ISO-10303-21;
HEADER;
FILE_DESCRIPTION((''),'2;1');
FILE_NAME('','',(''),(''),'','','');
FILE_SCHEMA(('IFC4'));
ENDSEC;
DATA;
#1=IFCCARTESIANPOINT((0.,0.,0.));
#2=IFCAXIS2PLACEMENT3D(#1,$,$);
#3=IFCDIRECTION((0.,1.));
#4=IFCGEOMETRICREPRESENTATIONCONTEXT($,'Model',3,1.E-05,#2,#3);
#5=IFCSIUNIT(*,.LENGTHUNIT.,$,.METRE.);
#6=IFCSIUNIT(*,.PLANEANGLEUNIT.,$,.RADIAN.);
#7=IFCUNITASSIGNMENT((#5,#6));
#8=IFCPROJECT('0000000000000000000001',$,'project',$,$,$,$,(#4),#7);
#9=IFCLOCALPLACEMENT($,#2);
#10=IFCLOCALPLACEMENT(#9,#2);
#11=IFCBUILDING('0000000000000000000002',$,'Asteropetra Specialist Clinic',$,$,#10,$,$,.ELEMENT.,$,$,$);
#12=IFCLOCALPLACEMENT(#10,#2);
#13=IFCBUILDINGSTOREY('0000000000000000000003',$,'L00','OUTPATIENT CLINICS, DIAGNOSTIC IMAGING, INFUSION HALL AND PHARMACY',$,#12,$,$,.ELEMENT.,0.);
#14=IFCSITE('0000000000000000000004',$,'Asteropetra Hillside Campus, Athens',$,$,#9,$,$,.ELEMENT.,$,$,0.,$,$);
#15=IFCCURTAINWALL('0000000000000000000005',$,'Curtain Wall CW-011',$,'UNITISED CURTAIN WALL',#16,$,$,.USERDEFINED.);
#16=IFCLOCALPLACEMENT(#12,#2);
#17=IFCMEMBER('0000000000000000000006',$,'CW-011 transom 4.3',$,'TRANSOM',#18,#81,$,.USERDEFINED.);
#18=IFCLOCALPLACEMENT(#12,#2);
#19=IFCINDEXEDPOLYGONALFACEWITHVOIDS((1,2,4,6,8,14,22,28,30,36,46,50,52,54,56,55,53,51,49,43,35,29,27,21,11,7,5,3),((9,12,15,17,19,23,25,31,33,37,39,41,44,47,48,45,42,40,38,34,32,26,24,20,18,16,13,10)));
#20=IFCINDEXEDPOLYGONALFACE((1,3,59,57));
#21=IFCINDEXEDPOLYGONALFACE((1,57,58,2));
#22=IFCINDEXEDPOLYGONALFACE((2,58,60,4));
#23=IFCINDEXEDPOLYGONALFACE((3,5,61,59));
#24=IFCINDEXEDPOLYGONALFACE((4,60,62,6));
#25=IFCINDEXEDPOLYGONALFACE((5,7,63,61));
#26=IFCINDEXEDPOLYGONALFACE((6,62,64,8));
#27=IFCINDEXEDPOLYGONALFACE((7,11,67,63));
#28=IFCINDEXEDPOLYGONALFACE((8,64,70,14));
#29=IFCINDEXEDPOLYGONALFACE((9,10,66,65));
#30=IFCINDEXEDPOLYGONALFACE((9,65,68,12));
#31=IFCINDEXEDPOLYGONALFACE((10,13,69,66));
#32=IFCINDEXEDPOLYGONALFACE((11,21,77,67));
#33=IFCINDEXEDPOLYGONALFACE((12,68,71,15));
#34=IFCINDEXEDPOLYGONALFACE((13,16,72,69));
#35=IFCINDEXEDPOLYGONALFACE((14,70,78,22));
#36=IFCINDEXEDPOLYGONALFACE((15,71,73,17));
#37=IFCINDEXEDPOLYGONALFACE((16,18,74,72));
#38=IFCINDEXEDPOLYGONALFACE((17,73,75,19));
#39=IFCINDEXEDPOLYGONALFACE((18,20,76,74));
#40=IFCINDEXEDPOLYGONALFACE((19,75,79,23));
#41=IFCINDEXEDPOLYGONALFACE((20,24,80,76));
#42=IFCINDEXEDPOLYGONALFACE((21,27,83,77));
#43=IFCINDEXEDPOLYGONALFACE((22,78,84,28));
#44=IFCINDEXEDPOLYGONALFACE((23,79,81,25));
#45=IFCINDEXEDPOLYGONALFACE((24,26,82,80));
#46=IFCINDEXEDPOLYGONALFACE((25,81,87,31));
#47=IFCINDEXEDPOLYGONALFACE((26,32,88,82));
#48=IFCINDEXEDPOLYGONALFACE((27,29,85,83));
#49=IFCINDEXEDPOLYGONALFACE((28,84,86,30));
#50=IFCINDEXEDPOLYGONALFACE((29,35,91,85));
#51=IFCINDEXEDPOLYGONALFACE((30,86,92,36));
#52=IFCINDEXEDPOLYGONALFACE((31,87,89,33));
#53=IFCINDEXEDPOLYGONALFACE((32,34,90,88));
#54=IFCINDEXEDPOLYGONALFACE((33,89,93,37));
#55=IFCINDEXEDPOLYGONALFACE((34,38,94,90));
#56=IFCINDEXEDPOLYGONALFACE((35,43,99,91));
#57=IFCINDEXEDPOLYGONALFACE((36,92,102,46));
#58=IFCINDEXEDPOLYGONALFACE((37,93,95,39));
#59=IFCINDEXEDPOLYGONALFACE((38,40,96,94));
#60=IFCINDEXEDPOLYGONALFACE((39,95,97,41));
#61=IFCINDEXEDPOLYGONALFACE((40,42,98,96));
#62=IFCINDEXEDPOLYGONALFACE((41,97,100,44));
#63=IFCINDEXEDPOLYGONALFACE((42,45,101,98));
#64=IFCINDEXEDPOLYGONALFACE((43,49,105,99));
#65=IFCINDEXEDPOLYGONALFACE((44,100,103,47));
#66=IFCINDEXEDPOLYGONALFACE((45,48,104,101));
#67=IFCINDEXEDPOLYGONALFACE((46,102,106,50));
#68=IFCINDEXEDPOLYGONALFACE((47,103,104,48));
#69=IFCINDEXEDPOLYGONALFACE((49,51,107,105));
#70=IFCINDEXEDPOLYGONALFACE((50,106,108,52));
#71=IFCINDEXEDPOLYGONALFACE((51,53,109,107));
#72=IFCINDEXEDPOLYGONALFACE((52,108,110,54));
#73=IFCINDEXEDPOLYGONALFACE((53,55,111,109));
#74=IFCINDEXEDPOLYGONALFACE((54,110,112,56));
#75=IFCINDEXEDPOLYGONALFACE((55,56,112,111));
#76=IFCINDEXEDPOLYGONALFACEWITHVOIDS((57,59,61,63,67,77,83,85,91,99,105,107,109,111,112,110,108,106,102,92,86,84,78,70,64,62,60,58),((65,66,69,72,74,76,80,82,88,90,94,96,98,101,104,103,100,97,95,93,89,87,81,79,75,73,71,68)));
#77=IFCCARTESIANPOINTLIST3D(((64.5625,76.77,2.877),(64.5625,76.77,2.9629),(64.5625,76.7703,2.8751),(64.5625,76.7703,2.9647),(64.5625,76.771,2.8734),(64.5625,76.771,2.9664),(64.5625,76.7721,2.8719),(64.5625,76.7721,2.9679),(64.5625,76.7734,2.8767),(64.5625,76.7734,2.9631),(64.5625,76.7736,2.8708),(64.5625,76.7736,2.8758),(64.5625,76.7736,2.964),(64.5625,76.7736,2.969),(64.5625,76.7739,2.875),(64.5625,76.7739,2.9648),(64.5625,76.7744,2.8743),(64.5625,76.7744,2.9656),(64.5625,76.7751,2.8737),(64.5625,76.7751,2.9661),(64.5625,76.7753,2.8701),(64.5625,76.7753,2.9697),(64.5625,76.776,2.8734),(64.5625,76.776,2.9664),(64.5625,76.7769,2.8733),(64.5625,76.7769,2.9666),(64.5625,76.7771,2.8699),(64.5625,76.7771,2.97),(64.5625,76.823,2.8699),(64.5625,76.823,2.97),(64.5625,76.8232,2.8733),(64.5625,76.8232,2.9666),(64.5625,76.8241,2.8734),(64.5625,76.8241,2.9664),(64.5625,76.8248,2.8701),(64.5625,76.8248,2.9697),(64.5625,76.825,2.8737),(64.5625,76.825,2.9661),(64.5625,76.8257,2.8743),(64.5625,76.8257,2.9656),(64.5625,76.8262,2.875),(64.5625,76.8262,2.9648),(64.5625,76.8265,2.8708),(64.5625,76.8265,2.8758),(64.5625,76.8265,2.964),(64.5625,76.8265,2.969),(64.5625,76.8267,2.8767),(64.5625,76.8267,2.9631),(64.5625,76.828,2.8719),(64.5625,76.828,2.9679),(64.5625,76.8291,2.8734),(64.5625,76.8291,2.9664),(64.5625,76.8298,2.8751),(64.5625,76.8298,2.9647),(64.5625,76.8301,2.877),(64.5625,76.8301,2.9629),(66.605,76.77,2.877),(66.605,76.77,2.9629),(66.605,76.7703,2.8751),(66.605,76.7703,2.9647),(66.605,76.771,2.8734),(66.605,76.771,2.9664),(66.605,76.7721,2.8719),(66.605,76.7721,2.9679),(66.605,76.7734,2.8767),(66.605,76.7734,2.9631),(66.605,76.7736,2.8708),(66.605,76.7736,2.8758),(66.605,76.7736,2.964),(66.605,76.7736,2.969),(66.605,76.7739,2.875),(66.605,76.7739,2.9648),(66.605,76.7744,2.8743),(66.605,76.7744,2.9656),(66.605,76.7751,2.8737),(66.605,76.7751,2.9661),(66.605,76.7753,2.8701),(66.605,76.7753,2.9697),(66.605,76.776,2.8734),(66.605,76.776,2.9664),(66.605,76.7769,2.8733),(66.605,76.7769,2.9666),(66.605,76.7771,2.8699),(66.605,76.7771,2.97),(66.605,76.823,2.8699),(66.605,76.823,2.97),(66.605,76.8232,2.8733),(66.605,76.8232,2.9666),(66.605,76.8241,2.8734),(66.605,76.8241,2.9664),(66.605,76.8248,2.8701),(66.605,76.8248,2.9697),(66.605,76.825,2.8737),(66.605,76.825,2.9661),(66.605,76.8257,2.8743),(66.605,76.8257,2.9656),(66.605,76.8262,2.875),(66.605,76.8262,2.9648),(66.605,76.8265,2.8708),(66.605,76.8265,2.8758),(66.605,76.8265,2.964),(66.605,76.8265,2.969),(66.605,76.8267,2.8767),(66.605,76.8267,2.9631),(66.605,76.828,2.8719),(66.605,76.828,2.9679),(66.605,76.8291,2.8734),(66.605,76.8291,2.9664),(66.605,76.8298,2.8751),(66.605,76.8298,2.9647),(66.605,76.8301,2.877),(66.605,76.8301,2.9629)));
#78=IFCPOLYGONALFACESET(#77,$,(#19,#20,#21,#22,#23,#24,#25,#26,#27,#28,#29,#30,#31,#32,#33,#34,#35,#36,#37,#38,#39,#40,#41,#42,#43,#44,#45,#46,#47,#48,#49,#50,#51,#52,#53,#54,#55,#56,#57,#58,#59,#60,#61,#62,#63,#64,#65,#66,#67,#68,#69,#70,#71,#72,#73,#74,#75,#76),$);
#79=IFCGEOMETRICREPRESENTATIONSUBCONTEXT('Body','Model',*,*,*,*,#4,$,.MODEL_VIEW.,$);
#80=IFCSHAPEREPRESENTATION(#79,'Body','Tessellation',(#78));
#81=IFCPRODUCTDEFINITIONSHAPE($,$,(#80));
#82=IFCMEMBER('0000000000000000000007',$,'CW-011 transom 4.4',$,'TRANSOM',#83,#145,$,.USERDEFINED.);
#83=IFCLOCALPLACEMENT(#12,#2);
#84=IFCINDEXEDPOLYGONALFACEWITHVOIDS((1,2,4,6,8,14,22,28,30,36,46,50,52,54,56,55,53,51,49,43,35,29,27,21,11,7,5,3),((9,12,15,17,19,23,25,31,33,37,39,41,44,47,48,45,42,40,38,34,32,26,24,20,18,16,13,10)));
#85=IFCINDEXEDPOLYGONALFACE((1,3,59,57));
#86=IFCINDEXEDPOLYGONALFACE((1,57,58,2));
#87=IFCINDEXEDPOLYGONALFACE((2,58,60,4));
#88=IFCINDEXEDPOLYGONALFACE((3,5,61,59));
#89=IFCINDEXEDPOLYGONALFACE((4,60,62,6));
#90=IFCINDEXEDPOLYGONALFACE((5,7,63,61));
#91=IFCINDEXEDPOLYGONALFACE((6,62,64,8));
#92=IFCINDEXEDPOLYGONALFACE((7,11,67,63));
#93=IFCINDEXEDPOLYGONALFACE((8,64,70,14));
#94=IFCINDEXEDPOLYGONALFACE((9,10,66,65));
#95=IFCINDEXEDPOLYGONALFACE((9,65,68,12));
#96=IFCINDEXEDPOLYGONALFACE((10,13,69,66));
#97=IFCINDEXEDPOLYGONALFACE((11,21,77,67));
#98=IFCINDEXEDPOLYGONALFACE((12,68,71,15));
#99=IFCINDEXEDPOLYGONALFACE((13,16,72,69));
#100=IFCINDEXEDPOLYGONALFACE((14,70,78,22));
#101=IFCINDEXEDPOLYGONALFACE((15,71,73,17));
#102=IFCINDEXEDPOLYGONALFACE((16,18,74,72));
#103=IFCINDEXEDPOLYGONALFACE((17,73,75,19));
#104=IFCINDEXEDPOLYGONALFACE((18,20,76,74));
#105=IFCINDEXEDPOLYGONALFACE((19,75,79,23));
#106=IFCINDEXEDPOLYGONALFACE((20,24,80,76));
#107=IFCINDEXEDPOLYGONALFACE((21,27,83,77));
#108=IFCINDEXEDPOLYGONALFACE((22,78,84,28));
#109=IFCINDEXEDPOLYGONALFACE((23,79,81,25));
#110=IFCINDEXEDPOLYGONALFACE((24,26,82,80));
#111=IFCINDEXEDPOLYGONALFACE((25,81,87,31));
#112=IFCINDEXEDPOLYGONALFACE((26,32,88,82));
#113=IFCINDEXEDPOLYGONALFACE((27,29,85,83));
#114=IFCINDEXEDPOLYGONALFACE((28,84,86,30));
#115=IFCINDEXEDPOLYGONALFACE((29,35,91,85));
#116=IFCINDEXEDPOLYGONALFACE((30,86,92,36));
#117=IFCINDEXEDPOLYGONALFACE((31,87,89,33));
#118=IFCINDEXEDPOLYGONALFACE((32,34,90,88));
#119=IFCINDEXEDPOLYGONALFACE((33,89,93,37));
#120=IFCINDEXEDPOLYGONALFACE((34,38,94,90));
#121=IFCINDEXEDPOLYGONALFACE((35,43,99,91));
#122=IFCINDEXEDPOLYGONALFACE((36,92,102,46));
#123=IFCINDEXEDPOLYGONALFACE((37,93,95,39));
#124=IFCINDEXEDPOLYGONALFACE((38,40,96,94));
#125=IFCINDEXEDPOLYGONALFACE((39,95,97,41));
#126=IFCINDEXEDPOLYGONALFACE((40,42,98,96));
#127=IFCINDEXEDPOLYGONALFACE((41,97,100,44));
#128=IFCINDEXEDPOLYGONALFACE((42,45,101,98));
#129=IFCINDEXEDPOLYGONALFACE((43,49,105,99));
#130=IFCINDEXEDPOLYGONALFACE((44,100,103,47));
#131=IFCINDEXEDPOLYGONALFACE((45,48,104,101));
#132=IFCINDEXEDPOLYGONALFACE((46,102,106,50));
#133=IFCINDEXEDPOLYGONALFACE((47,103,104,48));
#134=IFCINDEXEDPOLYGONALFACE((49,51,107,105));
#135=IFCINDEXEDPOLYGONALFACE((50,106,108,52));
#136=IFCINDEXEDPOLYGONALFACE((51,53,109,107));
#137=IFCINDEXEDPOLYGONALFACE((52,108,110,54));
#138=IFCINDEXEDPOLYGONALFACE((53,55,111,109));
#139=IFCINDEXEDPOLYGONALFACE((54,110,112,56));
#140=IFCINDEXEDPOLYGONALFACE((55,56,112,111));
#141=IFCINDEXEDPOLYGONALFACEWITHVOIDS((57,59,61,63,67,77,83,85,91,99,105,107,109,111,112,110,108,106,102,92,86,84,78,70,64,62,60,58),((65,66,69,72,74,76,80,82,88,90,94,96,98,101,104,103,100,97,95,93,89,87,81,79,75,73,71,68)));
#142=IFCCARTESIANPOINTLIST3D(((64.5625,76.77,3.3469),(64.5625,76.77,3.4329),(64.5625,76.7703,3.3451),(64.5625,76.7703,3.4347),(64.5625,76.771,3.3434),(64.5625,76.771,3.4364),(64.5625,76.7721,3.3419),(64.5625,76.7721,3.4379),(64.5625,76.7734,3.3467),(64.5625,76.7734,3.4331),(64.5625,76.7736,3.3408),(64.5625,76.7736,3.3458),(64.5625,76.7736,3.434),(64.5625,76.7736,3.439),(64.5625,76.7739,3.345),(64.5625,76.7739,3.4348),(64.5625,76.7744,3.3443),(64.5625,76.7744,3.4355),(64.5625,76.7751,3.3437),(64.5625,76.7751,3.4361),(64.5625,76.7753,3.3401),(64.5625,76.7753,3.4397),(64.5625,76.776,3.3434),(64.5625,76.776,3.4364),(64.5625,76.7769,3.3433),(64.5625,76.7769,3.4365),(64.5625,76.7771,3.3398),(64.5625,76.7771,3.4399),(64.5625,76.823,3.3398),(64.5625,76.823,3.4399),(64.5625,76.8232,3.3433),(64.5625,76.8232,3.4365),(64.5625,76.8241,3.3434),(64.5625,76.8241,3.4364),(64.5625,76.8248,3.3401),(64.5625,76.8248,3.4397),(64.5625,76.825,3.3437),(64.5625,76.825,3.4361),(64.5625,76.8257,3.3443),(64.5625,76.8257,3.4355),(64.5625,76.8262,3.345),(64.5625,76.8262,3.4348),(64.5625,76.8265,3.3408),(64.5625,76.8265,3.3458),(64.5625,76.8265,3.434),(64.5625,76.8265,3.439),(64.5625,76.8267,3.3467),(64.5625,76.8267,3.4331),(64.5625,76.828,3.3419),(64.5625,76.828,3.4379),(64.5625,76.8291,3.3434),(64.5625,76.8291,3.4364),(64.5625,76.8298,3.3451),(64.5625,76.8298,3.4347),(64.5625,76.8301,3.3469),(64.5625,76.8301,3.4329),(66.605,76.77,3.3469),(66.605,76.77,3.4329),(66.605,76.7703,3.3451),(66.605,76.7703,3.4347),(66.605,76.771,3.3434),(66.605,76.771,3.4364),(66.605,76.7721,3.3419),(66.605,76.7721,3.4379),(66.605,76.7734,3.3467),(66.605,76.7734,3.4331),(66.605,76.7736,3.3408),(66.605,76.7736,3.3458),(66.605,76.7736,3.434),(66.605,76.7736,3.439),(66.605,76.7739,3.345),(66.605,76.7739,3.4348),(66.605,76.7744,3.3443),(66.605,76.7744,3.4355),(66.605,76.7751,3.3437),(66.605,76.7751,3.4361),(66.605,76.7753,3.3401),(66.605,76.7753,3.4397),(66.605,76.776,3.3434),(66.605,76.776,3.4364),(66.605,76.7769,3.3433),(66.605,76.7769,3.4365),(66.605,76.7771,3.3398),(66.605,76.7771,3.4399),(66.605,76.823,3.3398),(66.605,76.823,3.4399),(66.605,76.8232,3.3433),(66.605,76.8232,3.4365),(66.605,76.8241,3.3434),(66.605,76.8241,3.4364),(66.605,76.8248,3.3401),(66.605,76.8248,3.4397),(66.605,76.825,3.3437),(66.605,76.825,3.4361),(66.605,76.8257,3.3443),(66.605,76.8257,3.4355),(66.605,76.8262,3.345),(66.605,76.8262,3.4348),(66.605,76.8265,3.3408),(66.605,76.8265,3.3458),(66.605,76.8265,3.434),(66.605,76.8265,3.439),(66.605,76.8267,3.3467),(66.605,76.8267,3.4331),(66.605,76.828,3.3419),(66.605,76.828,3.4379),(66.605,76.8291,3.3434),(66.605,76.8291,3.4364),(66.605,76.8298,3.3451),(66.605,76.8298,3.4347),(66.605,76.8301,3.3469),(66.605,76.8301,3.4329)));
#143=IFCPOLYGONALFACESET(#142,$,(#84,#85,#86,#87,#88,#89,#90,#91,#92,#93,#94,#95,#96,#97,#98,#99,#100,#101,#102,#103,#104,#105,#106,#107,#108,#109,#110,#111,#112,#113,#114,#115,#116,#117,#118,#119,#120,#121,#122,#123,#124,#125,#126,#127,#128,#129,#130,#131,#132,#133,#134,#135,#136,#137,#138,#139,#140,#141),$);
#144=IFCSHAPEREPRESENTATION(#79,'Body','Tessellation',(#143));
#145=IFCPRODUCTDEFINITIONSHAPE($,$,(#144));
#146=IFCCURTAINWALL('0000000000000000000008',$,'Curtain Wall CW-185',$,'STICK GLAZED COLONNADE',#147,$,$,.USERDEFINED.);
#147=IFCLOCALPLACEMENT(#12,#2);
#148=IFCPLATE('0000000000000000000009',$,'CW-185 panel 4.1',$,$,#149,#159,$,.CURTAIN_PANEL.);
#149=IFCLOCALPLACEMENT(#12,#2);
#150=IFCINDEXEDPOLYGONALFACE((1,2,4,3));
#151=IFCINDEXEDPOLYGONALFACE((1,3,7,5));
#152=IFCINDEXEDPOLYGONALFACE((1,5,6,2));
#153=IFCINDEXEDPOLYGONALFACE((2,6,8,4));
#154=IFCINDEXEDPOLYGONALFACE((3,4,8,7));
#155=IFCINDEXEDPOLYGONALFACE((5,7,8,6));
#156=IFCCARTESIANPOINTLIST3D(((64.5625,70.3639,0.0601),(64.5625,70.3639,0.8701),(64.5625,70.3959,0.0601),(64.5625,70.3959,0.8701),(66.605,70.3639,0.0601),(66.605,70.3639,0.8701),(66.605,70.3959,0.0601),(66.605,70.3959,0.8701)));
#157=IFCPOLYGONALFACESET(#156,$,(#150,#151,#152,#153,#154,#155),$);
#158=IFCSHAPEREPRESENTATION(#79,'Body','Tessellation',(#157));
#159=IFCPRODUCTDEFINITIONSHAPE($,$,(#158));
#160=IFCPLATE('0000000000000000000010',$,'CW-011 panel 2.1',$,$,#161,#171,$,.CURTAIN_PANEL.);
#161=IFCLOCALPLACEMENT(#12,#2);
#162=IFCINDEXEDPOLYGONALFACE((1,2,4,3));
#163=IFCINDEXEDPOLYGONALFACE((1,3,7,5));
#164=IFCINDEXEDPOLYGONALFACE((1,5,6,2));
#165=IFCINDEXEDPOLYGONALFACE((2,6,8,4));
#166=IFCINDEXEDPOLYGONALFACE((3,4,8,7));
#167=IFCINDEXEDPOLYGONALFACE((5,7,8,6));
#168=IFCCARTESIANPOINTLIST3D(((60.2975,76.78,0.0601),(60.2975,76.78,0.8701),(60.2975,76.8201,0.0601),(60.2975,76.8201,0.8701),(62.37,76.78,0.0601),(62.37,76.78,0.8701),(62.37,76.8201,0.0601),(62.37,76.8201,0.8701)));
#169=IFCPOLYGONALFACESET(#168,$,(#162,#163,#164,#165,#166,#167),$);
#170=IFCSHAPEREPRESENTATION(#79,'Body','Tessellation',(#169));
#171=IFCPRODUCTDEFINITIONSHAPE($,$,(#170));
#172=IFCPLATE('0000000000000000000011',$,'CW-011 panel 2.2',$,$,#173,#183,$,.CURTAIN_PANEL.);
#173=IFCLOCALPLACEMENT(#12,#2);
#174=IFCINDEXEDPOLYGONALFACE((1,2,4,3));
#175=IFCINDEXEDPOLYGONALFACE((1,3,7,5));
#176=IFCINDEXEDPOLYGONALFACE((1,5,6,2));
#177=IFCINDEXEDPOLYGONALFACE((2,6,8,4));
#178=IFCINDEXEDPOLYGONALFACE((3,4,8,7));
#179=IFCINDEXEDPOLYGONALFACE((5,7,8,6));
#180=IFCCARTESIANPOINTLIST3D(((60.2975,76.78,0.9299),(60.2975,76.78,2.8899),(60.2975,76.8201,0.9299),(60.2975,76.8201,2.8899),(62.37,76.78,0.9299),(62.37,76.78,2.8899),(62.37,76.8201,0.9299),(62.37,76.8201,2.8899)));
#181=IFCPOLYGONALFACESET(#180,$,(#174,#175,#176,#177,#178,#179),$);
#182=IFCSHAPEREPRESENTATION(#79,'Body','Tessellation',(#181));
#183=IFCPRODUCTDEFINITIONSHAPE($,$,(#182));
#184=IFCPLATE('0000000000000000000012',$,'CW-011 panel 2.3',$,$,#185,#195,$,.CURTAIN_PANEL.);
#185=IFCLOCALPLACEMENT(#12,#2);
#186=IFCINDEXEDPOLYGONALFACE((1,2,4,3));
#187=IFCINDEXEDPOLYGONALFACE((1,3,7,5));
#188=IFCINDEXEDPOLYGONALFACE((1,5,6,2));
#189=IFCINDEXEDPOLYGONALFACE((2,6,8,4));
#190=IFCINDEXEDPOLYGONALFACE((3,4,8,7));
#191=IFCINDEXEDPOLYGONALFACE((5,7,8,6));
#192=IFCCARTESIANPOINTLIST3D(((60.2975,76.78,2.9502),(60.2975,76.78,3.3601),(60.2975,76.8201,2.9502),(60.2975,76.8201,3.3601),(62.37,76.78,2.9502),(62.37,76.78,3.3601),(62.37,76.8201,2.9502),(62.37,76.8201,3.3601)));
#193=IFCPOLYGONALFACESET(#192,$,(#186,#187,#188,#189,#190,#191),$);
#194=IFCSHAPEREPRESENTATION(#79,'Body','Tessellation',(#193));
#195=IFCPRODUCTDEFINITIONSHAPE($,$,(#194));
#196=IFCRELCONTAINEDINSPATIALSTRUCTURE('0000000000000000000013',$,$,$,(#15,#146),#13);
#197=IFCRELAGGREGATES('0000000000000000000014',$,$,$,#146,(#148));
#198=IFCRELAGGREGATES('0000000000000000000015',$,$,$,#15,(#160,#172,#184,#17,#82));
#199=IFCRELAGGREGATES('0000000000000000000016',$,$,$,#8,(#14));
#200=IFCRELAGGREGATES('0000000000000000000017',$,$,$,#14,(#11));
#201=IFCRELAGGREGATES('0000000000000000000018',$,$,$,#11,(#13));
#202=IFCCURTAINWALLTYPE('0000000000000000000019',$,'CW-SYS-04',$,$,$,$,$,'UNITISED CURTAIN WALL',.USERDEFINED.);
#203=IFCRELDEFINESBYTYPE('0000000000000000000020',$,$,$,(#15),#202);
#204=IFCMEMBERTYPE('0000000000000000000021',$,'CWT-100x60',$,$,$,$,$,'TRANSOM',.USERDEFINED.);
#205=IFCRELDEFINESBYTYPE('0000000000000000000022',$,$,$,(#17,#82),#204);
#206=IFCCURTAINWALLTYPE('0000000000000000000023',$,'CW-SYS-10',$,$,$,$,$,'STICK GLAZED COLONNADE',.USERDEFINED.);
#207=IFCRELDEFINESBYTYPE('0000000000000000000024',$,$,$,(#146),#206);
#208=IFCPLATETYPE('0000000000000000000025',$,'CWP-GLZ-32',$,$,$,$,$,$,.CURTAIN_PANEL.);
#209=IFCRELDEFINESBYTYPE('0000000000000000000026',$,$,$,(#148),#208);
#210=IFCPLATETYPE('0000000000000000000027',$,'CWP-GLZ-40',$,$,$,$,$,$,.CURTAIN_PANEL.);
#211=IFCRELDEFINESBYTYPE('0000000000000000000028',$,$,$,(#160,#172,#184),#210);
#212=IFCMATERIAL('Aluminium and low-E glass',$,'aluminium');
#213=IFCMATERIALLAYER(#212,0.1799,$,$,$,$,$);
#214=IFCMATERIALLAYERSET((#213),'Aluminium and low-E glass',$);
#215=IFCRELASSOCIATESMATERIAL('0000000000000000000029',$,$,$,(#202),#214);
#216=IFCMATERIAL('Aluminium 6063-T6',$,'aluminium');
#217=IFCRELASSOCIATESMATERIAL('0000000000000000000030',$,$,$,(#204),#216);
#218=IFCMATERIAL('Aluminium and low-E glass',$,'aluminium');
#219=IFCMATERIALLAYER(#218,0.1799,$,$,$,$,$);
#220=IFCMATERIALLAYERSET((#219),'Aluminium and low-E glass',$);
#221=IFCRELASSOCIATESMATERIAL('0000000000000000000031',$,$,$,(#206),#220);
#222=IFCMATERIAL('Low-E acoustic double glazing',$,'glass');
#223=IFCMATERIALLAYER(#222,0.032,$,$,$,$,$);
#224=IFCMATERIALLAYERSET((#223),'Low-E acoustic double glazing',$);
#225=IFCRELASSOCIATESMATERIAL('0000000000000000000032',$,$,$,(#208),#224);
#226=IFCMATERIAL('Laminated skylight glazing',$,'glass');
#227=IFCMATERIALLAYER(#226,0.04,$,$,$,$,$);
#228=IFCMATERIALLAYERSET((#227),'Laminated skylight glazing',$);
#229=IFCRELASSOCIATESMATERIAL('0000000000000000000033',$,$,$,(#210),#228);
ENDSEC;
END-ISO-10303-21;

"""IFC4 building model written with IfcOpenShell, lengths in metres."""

from ifc_helpers import new_model, si_unit, direction, frame, origin, origin_2d, place, context, subcontext, project, spatial, rectangle, hollow_rectangle, extrude, material, layer, layer_set, material_profile, profile_set, type_object, element, aggregate, save


model = new_model("IFC4")

# Units and contexts
model_context = context("Model", 3, precision=1e-05, world=origin(), true_north=direction((0.0, 1.0)))
body_context = subcontext(model_context, "Body", "Model", "MODEL_VIEW")
ifc_project = project(units=[si_unit("LENGTHUNIT", "METRE"), si_unit("PLANEANGLEUNIT", "RADIAN")], contexts=[model_context])

# Site, building, storey
site_placement = place(None, origin())
site = spatial("IfcSite", under=ifc_project, at=site_placement, Name="Asteropetra Hillside Campus, Athens", CompositionType="ELEMENT", RefElevation=0.0)
building_placement = place(site_placement, origin())
building = spatial("IfcBuilding", under=site, at=building_placement, Name="Asteropetra Specialist Clinic", CompositionType="ELEMENT")
storey_placement = place(building_placement, origin())
storey = spatial("IfcBuildingStorey", under=building, at=storey_placement, Name="L00", Description="OUTPATIENT CLINICS, DIAGNOSTIC IMAGING, INFUSION HALL AND PHARMACY", CompositionType="ELEMENT", Elevation=0.0)

# Curtain wall, members
ifc_material_1 = material(Name="Aluminium and low-E glass", Category="aluminium")
ifc_layer_1 = layer(ifc_material_1, 0.1799)
ifc_layer_set_1 = layer_set([ifc_layer_1], Name="Aluminium and low-E glass")
curtain_wall_type_1 = type_object("IfcCurtainWallType", Name="CW-SYS-04", ElementType="UNITISED CURTAIN WALL", PredefinedType="USERDEFINED", material=ifc_layer_set_1)
curtain_wall_1_placement = place(storey_placement, origin())
curtain_wall_1 = element("IfcCurtainWall", 1, at=curtain_wall_1_placement, inside=storey, type_object=curtain_wall_type_1, Name="Curtain Wall CW-011", ObjectType="UNITISED CURTAIN WALL", PredefinedType="USERDEFINED")
ifc_material_2 = material(Name="Aluminium 6063-T6", Category="aluminium")
ifc_material_profile_1 = material_profile(ifc_material_2, hollow_rectangle(XDim=0.0601, YDim=0.1001, WallThickness=0.0034, InnerFilletRadius=0.0034, OuterFilletRadius=0.0071, at=origin_2d()), Name="TRN 100x60x3.5")
ifc_profile_set_1 = profile_set([ifc_material_profile_1], Name="Aluminium 6063-T6")
member_type_1 = type_object("IfcMemberType", Name="CWT-100x60", ElementType="TRANSOM", PredefinedType="USERDEFINED", material=ifc_profile_set_1)
member_1_placement = place(storey_placement, frame((64.5625, 76.8, 2.9199), z_axis=(1.0, 0.0, 0.0), x_axis=(0.0, 1.0, 0.0)))
member_1 = element("IfcMember", 2, at=member_1_placement, type_object=member_type_1, Name="CW-011 transom 4.3", ObjectType="TRANSOM", PredefinedType="USERDEFINED", context=body_context, shape_type="SweptSolid", body=[
    extrude(hollow_rectangle(XDim=0.0601, YDim=0.1001, WallThickness=0.0034, InnerFilletRadius=0.0034, OuterFilletRadius=0.0071, at=origin_2d()), origin(), (0.0, 0.0, 1.0), 2.0425),
])
member_2_placement = place(storey_placement, frame((64.5625, 76.8, 3.3899), z_axis=(1.0, 0.0, 0.0), x_axis=(0.0, 1.0, 0.0)))
member_2 = element("IfcMember", 3, at=member_2_placement, type_object=member_type_1, Name="CW-011 transom 4.4", ObjectType="TRANSOM", PredefinedType="USERDEFINED", context=body_context, shape_type="SweptSolid", body=[
    extrude(hollow_rectangle(XDim=0.0601, YDim=0.1001, WallThickness=0.0034, InnerFilletRadius=0.0034, OuterFilletRadius=0.0071, at=origin_2d()), origin(), (0.0, 0.0, 1.0), 2.0425),
])

# Curtain wall, plate
ifc_material_3 = material(Name="Aluminium and low-E glass", Category="aluminium")
ifc_layer_2 = layer(ifc_material_3, 0.1799)
ifc_layer_set_2 = layer_set([ifc_layer_2], Name="Aluminium and low-E glass")
curtain_wall_type_2 = type_object("IfcCurtainWallType", Name="CW-SYS-10", ElementType="STICK GLAZED COLONNADE", PredefinedType="USERDEFINED", material=ifc_layer_set_2)
curtain_wall_2_placement = place(storey_placement, origin())
curtain_wall_2 = element("IfcCurtainWall", 4, at=curtain_wall_2_placement, inside=storey, type_object=curtain_wall_type_2, Name="Curtain Wall CW-185", ObjectType="STICK GLAZED COLONNADE", PredefinedType="USERDEFINED")
ifc_material_4 = material(Name="Low-E acoustic double glazing", Category="glass")
ifc_layer_3 = layer(ifc_material_4, 0.032)
ifc_layer_set_3 = layer_set([ifc_layer_3], Name="Low-E acoustic double glazing")
plate_type_1 = type_object("IfcPlateType", Name="CWP-GLZ-32", PredefinedType="CURTAIN_PANEL", material=ifc_layer_set_3)
plate_1_placement = place(storey_placement, frame((65.5837, 70.3799, 0.0601), z_axis=(0.0, 0.0, 1.0), x_axis=(1.0, 0.0, 0.0)))
plate_1 = element("IfcPlate", 5, at=plate_1_placement, type_object=plate_type_1, Name="CW-185 panel 4.1", PredefinedType="CURTAIN_PANEL", context=body_context, shape_type="SweptSolid", body=[
    extrude(rectangle(XDim=2.0425, YDim=0.032, at=origin_2d()), origin(), (0.0, 0.0, 1.0), 0.8101),
])
aggregate(curtain_wall_2, [plate_1])

# Plates
ifc_material_5 = material(Name="Laminated skylight glazing", Category="glass")
ifc_layer_4 = layer(ifc_material_5, 0.04)
ifc_layer_set_4 = layer_set([ifc_layer_4], Name="Laminated skylight glazing")
plate_type_2 = type_object("IfcPlateType", Name="CWP-GLZ-40", PredefinedType="CURTAIN_PANEL", material=ifc_layer_set_4)
plate_2_placement = place(storey_placement, frame((61.3337, 76.8, 0.0601), z_axis=(0.0, 0.0, 1.0), x_axis=(1.0, 0.0, 0.0)))
plate_2 = element("IfcPlate", 6, at=plate_2_placement, type_object=plate_type_2, Name="CW-011 panel 2.1", PredefinedType="CURTAIN_PANEL", context=body_context, shape_type="SweptSolid", body=[
    extrude(rectangle(XDim=2.0725, YDim=0.04, at=origin_2d()), origin(), (0.0, 0.0, 1.0), 0.8101),
])
plate_3_placement = place(storey_placement, frame((61.3337, 76.8, 0.9299), z_axis=(0.0, 0.0, 1.0), x_axis=(1.0, 0.0, 0.0)))
plate_3 = element("IfcPlate", 7, at=plate_3_placement, type_object=plate_type_2, Name="CW-011 panel 2.2", PredefinedType="CURTAIN_PANEL", context=body_context, shape_type="SweptSolid", body=[
    extrude(rectangle(XDim=2.0725, YDim=0.04, at=origin_2d()), origin(), (0.0, 0.0, 1.0), 1.96),
])
plate_4_placement = place(storey_placement, frame((61.3337, 76.8, 2.9502), z_axis=(0.0, 0.0, 1.0), x_axis=(1.0, 0.0, 0.0)))
plate_4 = element("IfcPlate", 8, at=plate_4_placement, type_object=plate_type_2, Name="CW-011 panel 2.3", PredefinedType="CURTAIN_PANEL", context=body_context, shape_type="SweptSolid", body=[
    extrude(rectangle(XDim=2.0725, YDim=0.04, at=origin_2d()), origin(), (0.0, 0.0, 1.0), 0.4099),
])
aggregate(curtain_wall_1, [plate_2, plate_3, plate_4, member_1, member_2])

save(model, "model.ifc")
